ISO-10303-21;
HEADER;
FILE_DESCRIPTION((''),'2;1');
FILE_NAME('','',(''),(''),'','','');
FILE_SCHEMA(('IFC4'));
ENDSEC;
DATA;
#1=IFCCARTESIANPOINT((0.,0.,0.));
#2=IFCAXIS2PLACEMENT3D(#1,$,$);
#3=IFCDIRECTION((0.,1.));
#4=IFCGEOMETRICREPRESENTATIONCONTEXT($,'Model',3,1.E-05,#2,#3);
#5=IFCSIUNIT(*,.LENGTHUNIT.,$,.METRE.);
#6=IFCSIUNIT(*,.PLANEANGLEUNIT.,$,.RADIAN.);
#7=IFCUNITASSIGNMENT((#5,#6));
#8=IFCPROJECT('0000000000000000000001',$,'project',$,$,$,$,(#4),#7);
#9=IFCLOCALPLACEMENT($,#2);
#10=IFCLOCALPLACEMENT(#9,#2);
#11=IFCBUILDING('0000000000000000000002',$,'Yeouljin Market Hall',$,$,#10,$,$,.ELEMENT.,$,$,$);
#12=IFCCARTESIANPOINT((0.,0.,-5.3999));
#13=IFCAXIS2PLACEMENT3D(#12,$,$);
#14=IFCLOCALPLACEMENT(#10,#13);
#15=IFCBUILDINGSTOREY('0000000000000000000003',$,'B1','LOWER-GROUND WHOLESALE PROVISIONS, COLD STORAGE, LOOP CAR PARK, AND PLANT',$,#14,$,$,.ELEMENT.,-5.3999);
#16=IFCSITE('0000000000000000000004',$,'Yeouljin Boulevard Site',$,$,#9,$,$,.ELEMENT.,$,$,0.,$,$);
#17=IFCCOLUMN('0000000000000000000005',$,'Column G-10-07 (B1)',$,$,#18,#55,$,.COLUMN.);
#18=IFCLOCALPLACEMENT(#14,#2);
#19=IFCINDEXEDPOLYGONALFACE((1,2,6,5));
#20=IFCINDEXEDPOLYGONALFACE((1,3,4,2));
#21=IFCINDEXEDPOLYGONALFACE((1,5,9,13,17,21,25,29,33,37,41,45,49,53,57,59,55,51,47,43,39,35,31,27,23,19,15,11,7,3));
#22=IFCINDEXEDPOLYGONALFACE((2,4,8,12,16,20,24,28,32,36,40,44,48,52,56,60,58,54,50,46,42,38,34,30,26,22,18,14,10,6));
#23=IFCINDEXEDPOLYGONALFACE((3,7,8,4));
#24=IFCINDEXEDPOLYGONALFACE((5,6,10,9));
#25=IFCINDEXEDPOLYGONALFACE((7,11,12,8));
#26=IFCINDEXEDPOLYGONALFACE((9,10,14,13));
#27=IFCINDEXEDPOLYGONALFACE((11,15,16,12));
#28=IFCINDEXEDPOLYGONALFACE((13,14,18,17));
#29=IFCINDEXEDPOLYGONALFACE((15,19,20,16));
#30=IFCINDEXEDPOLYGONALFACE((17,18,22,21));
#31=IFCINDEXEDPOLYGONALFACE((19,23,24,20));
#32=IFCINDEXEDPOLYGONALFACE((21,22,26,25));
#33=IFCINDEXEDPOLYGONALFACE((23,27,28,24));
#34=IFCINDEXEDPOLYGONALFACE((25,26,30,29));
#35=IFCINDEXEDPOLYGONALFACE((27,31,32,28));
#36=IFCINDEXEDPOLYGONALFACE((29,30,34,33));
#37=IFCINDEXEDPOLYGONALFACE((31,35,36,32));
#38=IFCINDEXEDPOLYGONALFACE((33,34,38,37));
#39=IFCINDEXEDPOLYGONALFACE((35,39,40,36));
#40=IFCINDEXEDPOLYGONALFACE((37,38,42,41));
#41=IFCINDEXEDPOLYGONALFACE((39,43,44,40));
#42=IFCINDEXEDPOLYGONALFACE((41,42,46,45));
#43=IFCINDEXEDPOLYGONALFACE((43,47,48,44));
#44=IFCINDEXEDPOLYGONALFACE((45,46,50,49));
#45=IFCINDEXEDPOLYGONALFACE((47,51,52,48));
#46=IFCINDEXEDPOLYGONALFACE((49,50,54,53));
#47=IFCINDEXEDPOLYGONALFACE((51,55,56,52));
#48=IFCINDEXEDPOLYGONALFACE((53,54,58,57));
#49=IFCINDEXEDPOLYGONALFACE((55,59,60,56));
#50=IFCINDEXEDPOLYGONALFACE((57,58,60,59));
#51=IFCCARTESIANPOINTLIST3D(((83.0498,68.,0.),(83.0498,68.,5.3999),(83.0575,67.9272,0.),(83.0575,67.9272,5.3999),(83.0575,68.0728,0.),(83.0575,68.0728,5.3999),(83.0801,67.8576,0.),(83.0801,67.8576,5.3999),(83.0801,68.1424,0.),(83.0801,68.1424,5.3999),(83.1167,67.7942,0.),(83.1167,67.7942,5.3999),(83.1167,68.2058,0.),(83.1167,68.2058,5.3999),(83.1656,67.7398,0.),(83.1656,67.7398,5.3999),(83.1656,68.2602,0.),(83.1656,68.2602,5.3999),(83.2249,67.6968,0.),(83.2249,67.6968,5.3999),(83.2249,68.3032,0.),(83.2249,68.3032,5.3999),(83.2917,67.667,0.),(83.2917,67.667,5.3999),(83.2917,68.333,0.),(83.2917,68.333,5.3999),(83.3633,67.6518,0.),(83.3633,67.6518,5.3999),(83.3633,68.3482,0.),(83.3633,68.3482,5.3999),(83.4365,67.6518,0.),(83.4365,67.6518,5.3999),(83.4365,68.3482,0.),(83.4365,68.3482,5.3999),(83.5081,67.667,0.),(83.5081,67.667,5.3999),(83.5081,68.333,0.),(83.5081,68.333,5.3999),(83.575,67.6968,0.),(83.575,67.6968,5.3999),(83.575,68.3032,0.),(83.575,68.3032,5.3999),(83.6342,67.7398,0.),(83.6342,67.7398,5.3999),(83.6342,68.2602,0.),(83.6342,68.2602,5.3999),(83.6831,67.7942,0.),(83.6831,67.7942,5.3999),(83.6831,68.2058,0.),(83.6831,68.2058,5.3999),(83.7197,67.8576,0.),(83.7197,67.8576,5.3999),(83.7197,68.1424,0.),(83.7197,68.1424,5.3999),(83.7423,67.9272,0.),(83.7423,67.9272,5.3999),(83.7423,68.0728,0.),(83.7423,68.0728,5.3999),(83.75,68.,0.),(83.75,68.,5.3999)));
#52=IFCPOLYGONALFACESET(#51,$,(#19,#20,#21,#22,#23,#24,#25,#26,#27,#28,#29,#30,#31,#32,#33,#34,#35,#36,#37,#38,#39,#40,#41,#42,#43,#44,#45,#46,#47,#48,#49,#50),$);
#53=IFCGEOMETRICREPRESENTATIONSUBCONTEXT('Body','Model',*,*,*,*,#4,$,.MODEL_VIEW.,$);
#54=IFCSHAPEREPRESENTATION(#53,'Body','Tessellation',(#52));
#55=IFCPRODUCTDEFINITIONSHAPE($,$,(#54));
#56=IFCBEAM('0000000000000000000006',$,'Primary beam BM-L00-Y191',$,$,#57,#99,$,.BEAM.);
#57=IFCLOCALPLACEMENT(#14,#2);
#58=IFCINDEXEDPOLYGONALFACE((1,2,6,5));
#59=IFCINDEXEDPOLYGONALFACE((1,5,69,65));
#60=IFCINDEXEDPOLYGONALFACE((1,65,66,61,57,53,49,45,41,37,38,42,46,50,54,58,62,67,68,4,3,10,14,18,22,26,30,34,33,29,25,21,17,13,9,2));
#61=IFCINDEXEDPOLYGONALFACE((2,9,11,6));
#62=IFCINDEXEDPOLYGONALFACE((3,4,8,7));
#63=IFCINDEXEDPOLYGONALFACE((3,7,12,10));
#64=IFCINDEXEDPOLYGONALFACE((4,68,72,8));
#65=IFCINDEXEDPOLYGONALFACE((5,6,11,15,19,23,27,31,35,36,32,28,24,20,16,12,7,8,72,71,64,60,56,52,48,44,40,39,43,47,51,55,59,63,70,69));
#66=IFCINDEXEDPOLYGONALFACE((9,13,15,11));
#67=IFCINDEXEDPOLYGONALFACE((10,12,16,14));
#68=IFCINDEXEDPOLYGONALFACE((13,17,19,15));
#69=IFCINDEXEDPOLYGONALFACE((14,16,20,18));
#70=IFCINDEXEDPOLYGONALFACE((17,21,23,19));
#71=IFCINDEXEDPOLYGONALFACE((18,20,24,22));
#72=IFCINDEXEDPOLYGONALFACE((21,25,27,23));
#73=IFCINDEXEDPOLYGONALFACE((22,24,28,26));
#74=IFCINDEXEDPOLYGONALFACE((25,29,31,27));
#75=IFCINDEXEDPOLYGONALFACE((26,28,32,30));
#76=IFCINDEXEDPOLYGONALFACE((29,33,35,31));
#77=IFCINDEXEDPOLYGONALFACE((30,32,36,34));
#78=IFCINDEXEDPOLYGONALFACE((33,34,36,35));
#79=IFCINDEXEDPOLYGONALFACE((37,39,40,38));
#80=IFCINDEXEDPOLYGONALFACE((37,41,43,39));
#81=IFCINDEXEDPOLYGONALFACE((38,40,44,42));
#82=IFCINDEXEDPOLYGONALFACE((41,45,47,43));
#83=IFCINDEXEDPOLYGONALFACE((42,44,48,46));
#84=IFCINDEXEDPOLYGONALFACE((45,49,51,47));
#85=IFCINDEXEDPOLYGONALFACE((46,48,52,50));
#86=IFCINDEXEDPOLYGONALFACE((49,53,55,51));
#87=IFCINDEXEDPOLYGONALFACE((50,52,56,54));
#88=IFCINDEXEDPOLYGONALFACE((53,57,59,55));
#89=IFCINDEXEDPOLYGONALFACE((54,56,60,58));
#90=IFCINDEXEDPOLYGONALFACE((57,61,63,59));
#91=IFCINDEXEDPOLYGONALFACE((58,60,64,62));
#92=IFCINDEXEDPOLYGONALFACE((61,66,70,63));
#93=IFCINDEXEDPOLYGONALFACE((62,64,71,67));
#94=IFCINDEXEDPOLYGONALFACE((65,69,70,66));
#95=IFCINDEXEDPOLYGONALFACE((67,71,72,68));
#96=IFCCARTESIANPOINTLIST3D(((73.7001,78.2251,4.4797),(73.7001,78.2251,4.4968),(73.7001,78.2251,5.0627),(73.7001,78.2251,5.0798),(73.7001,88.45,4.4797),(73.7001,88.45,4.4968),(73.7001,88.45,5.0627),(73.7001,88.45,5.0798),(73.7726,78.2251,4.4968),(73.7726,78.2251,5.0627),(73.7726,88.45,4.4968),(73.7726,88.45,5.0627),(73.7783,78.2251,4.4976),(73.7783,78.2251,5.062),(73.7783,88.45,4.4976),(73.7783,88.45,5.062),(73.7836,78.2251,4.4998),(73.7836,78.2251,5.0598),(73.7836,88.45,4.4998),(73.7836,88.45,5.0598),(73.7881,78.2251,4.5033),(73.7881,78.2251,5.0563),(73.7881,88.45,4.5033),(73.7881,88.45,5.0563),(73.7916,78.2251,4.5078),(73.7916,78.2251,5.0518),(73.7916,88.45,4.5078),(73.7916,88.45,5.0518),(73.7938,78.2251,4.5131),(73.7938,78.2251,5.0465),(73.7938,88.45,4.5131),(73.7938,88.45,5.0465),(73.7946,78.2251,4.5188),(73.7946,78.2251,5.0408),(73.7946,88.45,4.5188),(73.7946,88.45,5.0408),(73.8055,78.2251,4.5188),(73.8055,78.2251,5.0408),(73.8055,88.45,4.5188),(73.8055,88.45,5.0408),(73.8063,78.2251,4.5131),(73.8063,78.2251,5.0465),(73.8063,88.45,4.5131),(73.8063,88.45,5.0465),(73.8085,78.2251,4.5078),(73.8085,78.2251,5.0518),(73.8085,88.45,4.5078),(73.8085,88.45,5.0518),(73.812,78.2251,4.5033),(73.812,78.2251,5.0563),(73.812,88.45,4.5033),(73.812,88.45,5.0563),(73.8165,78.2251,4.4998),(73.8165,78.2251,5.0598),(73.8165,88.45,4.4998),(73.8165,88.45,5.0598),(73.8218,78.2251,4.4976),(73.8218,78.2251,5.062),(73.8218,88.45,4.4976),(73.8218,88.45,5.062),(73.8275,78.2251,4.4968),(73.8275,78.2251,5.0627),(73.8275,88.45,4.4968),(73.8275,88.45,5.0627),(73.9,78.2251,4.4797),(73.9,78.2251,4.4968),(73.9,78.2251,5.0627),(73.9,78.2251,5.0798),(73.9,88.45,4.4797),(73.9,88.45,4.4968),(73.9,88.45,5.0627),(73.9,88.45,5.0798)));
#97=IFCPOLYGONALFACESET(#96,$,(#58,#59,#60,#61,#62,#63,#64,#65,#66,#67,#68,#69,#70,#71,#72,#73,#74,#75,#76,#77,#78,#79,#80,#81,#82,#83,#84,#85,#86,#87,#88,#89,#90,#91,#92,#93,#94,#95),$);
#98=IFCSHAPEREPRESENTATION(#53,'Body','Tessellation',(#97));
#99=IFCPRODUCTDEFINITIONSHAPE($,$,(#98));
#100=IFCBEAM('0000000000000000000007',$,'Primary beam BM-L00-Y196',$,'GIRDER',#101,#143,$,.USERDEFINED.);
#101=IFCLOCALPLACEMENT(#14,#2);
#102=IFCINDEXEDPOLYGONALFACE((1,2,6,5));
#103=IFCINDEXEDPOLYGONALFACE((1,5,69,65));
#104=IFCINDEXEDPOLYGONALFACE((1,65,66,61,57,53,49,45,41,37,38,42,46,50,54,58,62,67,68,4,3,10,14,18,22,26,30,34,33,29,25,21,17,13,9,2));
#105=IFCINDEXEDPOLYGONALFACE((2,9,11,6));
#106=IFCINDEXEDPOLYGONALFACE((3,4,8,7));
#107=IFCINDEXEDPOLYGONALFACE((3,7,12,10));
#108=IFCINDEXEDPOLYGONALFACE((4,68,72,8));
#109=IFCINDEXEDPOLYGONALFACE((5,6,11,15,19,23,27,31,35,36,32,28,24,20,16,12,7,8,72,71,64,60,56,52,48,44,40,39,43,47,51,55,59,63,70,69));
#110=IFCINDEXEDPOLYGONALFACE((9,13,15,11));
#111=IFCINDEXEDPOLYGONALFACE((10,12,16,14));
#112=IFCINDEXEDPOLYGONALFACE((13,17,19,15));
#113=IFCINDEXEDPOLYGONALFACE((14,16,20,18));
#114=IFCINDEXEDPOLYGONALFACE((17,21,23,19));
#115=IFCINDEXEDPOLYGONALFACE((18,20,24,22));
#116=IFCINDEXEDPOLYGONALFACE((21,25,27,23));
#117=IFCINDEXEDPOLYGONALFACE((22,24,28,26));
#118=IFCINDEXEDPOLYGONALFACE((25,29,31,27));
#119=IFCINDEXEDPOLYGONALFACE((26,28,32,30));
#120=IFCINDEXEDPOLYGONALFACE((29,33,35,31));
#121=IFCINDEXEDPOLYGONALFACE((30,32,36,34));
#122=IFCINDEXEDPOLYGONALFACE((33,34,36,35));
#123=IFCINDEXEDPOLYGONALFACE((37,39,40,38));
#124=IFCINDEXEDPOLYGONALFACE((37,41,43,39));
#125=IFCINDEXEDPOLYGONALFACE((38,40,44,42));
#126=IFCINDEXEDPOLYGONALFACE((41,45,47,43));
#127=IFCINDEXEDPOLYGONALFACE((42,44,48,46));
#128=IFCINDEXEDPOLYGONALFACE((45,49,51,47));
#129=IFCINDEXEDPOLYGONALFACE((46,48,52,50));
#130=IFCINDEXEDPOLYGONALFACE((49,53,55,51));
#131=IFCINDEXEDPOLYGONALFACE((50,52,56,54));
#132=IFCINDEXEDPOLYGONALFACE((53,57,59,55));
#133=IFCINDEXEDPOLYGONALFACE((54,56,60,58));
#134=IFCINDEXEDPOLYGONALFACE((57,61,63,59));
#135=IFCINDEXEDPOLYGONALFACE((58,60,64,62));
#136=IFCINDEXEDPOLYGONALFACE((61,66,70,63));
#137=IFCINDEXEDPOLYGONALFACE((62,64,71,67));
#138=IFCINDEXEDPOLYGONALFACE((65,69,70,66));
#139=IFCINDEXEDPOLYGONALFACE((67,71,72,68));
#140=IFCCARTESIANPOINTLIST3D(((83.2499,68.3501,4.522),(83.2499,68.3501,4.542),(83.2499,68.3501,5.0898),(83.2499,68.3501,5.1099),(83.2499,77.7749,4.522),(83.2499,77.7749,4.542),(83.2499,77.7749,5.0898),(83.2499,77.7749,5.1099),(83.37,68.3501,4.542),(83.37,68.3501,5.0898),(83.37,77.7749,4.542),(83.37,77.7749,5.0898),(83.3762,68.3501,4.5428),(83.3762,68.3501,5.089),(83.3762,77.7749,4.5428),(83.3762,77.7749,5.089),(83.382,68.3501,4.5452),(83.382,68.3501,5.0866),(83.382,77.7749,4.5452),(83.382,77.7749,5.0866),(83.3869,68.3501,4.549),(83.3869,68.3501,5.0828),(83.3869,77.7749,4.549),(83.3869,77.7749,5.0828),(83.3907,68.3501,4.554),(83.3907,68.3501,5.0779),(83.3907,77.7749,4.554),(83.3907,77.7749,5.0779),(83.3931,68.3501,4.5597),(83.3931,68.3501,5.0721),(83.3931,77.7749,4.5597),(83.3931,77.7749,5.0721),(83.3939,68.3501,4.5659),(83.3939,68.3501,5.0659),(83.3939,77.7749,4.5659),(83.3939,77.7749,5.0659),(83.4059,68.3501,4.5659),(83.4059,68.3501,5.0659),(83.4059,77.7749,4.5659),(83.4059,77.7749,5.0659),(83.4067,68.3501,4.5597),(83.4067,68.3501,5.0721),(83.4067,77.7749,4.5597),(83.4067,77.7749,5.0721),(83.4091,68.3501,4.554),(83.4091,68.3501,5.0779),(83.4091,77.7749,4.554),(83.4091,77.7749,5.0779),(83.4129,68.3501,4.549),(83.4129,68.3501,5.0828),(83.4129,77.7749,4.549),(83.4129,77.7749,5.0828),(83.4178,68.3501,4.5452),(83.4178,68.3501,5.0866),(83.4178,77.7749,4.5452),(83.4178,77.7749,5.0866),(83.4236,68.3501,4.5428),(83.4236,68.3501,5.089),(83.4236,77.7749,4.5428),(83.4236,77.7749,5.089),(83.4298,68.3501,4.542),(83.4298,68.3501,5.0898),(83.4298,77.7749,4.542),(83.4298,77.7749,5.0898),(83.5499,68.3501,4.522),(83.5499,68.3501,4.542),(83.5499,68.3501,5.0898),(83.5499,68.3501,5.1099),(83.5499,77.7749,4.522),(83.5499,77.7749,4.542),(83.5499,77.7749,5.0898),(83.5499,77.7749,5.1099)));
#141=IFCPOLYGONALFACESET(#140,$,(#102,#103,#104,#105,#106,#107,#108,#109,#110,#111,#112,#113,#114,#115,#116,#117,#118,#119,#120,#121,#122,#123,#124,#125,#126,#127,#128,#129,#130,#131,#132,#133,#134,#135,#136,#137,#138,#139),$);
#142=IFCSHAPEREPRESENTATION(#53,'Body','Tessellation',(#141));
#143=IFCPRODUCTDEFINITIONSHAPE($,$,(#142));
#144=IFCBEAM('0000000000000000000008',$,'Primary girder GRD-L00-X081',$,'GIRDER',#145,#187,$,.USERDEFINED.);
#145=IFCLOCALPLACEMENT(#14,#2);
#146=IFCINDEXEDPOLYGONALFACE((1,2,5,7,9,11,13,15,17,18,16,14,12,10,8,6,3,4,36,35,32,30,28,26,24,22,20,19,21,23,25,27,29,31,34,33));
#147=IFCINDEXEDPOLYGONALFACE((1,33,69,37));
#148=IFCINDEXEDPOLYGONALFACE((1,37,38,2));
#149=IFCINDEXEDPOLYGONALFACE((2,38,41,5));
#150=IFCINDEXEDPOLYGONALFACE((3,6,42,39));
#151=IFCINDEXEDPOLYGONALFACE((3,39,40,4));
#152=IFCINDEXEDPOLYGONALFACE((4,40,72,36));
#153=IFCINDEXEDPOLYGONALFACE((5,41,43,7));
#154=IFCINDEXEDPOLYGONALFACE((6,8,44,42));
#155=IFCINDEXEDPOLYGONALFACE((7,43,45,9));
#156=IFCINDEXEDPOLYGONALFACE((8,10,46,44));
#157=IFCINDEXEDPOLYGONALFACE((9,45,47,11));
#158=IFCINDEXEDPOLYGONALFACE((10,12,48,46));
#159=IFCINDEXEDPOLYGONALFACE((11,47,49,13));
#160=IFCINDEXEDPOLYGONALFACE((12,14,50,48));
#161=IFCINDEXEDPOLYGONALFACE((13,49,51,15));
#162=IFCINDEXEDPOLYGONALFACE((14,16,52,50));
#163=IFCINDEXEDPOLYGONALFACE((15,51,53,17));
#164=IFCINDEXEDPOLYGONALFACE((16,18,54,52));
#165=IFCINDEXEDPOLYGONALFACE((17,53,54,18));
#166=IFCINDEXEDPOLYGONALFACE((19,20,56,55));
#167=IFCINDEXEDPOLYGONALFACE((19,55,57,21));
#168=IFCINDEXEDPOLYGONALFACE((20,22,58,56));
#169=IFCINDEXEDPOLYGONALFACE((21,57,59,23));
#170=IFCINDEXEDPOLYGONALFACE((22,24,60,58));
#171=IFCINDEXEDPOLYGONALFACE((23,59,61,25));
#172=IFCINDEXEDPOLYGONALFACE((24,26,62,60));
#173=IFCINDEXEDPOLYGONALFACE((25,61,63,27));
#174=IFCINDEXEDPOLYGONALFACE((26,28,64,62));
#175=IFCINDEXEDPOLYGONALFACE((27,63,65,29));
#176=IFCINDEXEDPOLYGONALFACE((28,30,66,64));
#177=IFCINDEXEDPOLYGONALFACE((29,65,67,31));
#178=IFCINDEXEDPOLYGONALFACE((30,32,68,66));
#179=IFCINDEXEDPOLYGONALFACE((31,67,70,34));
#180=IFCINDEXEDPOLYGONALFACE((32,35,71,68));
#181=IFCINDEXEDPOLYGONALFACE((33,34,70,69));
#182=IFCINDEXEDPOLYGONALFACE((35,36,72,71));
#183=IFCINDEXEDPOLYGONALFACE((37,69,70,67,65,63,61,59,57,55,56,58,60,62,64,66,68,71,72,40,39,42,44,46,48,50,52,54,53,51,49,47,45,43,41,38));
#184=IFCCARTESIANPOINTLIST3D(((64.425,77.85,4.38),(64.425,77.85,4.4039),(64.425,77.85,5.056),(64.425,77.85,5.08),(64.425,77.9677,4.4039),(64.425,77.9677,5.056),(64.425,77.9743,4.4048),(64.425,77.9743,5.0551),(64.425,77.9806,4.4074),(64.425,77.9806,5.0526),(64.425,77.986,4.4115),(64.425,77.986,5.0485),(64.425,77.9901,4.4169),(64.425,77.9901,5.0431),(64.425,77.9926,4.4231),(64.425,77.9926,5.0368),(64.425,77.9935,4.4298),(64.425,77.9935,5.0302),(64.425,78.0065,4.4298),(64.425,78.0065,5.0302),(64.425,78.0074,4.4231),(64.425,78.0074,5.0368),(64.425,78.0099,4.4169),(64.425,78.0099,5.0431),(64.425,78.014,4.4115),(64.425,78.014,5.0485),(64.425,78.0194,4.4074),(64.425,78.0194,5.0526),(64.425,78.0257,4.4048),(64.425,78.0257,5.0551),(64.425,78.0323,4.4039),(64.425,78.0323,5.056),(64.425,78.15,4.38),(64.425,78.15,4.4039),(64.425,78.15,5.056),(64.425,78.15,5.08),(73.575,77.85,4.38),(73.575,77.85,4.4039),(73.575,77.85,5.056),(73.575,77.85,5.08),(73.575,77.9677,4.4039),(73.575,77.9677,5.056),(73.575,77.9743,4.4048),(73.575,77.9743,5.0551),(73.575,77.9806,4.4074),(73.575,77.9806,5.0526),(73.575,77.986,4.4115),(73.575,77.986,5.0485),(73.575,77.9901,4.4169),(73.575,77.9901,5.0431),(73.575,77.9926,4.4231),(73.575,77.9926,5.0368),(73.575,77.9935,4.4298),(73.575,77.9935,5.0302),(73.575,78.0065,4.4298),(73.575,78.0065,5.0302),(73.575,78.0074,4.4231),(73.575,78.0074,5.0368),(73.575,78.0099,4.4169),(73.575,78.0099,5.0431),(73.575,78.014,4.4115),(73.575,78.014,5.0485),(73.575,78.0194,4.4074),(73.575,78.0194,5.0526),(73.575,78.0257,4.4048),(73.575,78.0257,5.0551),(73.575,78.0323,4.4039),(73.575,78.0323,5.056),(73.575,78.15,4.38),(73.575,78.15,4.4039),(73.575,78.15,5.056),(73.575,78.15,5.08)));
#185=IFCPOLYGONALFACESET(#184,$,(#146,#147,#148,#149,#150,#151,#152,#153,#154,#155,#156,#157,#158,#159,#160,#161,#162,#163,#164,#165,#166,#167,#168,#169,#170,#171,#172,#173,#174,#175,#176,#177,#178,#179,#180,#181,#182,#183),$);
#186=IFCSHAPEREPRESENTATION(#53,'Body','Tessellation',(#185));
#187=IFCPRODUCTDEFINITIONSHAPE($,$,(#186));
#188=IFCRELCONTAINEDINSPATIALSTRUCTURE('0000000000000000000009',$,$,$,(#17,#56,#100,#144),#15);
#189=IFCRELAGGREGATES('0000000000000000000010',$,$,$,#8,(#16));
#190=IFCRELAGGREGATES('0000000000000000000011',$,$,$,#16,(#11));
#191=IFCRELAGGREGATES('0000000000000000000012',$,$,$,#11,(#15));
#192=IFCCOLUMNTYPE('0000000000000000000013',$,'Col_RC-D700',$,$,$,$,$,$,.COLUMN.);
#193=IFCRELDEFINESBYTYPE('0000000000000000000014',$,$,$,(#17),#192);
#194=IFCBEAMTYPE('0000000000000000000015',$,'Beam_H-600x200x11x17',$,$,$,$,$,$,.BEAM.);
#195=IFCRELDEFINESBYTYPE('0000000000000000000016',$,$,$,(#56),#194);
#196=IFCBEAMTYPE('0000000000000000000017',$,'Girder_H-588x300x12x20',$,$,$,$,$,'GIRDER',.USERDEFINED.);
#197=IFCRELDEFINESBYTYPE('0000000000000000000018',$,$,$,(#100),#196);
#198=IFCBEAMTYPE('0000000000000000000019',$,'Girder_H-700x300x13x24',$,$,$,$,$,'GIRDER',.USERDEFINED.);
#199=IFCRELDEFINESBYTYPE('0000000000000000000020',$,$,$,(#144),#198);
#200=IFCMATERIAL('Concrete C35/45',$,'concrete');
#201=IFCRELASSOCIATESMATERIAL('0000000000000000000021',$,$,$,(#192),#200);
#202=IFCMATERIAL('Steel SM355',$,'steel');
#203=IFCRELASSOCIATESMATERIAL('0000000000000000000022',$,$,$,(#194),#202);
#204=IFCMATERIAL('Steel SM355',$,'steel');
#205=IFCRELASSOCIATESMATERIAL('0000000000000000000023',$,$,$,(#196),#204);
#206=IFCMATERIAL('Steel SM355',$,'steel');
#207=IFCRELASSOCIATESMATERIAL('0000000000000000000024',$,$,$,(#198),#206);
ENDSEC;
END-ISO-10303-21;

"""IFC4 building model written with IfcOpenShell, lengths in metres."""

from ifc_helpers import new_model, si_unit, direction, frame, origin, origin_2d, place, context, subcontext, project, spatial, circle, i_section, extrude, material, material_profile, profile_set, type_object, element, save


model = new_model("IFC4")

# Units and contexts
model_context = context("Model", 3, precision=1e-05, world=origin(), true_north=direction((0.0, 1.0)))
body_context = subcontext(model_context, "Body", "Model", "MODEL_VIEW")
ifc_project = project(units=[si_unit("LENGTHUNIT", "METRE"), si_unit("PLANEANGLEUNIT", "RADIAN")], contexts=[model_context])

# Site, building, storey
site_placement = place(None, origin())
site = spatial("IfcSite", under=ifc_project, at=site_placement, Name="Yeouljin Boulevard Site", CompositionType="ELEMENT", RefElevation=0.0)
building_placement = place(site_placement, origin())
building = spatial("IfcBuilding", under=site, at=building_placement, Name="Yeouljin Market Hall", CompositionType="ELEMENT")
storey_placement = place(building_placement, frame((0.0, 0.0, -5.3999)))
storey = spatial("IfcBuildingStorey", under=building, at=storey_placement, Name="B1", Description="LOWER-GROUND WHOLESALE PROVISIONS, COLD STORAGE, LOOP CAR PARK, AND PLANT", CompositionType="ELEMENT", Elevation=-5.3999)

# Column
ifc_material_1 = material(Name="Concrete C35/45", Category="concrete")
ifc_material_profile_1 = material_profile(ifc_material_1, circle(Radius=0.3501, at=origin_2d()), Name="RC-D700")
ifc_profile_set_1 = profile_set([ifc_material_profile_1], Name="Concrete C35/45")
column_type_1 = type_object("IfcColumnType", Name="Col_RC-D700", PredefinedType="COLUMN", material=ifc_profile_set_1)
column_placement = place(storey_placement, frame((83.3999, 68.0, 0.0), z_axis=(0.0, 0.0, 1.0), x_axis=(1.0, 0.0, 0.0)))
element("IfcColumn", 1, at=column_placement, inside=storey, type_object=column_type_1, Name="Column G-10-07 (B1)", PredefinedType="COLUMN", context=body_context, shape_type="SweptSolid", body=[
    extrude(circle(Radius=0.3501, at=origin_2d()), origin(), (0.0, 0.0, 1.0), 5.3999),
])

# Beams
ifc_material_2 = material(Name="Steel SM355", Category="steel")
ifc_material_profile_2 = material_profile(ifc_material_2, i_section(OverallWidth=0.2, OverallDepth=0.6001, WebThickness=0.011, FlangeThickness=0.0171, FilletRadius=0.022, at=origin_2d()), Name="H-600x200x11x17")
ifc_profile_set_2 = profile_set([ifc_material_profile_2], Name="Steel SM355")
beam_type_1 = type_object("IfcBeamType", Name="Beam_H-600x200x11x17", PredefinedType="BEAM", material=ifc_profile_set_2)
beam_1_placement = place(storey_placement, frame((73.8, 78.2251, 4.7798), z_axis=(0.0, 1.0, 0.0), x_axis=(-1.0, 0.0, 0.0)))
element("IfcBeam", 2, at=beam_1_placement, inside=storey, type_object=beam_type_1, Name="Primary beam BM-L00-Y191", PredefinedType="BEAM", context=body_context, shape_type="SweptSolid", body=[
    extrude(i_section(OverallWidth=0.2, OverallDepth=0.6001, WebThickness=0.011, FlangeThickness=0.0171, FilletRadius=0.022, at=origin_2d()), origin(), (0.0, 0.0, 1.0), 10.2249),
])
ifc_material_3 = material(Name="Steel SM355", Category="steel")
ifc_material_profile_3 = material_profile(ifc_material_3, i_section(OverallWidth=0.3, OverallDepth=0.5879, WebThickness=0.012, FlangeThickness=0.02, FilletRadius=0.0239, at=origin_2d()), Name="H-588x300x12x20")
ifc_profile_set_3 = profile_set([ifc_material_profile_3], Name="Steel SM355")
beam_type_2 = type_object("IfcBeamType", Name="Girder_H-588x300x12x20", ElementType="GIRDER", PredefinedType="USERDEFINED", material=ifc_profile_set_3)
beam_2_placement = place(storey_placement, frame((83.3999, 68.3501, 4.8159), z_axis=(0.0, 1.0, 0.0), x_axis=(-1.0, 0.0, 0.0)))
element("IfcBeam", 3, at=beam_2_placement, inside=storey, type_object=beam_type_2, Name="Primary beam BM-L00-Y196", ObjectType="GIRDER", PredefinedType="USERDEFINED", context=body_context, shape_type="SweptSolid", body=[
    extrude(i_section(OverallWidth=0.3, OverallDepth=0.5879, WebThickness=0.012, FlangeThickness=0.02, FilletRadius=0.0239, at=origin_2d()), origin(), (0.0, 0.0, 1.0), 9.4248),
])
ifc_material_4 = material(Name="Steel SM355", Category="steel")
ifc_material_profile_4 = material_profile(ifc_material_4, i_section(OverallWidth=0.3, OverallDepth=0.7, WebThickness=0.0129, FlangeThickness=0.0239, FilletRadius=0.0259, at=origin_2d()), Name="H-700x300x13x24")
ifc_profile_set_4 = profile_set([ifc_material_profile_4], Name="Steel SM355")
beam_type_3 = type_object("IfcBeamType", Name="Girder_H-700x300x13x24", ElementType="GIRDER", PredefinedType="USERDEFINED", material=ifc_profile_set_4)
beam_3_placement = place(storey_placement, frame((64.425, 78.0, 4.73), z_axis=(1.0, 0.0, 0.0), x_axis=(0.0, 1.0, 0.0)))
element("IfcBeam", 4, at=beam_3_placement, inside=storey, type_object=beam_type_3, Name="Primary girder GRD-L00-X081", ObjectType="GIRDER", PredefinedType="USERDEFINED", context=body_context, shape_type="SweptSolid", body=[
    extrude(i_section(OverallWidth=0.3, OverallDepth=0.7, WebThickness=0.0129, FlangeThickness=0.0239, FilletRadius=0.0259, at=origin_2d()), origin(), (0.0, 0.0, 1.0), 9.1499),
])

save(model, "model.ifc")
